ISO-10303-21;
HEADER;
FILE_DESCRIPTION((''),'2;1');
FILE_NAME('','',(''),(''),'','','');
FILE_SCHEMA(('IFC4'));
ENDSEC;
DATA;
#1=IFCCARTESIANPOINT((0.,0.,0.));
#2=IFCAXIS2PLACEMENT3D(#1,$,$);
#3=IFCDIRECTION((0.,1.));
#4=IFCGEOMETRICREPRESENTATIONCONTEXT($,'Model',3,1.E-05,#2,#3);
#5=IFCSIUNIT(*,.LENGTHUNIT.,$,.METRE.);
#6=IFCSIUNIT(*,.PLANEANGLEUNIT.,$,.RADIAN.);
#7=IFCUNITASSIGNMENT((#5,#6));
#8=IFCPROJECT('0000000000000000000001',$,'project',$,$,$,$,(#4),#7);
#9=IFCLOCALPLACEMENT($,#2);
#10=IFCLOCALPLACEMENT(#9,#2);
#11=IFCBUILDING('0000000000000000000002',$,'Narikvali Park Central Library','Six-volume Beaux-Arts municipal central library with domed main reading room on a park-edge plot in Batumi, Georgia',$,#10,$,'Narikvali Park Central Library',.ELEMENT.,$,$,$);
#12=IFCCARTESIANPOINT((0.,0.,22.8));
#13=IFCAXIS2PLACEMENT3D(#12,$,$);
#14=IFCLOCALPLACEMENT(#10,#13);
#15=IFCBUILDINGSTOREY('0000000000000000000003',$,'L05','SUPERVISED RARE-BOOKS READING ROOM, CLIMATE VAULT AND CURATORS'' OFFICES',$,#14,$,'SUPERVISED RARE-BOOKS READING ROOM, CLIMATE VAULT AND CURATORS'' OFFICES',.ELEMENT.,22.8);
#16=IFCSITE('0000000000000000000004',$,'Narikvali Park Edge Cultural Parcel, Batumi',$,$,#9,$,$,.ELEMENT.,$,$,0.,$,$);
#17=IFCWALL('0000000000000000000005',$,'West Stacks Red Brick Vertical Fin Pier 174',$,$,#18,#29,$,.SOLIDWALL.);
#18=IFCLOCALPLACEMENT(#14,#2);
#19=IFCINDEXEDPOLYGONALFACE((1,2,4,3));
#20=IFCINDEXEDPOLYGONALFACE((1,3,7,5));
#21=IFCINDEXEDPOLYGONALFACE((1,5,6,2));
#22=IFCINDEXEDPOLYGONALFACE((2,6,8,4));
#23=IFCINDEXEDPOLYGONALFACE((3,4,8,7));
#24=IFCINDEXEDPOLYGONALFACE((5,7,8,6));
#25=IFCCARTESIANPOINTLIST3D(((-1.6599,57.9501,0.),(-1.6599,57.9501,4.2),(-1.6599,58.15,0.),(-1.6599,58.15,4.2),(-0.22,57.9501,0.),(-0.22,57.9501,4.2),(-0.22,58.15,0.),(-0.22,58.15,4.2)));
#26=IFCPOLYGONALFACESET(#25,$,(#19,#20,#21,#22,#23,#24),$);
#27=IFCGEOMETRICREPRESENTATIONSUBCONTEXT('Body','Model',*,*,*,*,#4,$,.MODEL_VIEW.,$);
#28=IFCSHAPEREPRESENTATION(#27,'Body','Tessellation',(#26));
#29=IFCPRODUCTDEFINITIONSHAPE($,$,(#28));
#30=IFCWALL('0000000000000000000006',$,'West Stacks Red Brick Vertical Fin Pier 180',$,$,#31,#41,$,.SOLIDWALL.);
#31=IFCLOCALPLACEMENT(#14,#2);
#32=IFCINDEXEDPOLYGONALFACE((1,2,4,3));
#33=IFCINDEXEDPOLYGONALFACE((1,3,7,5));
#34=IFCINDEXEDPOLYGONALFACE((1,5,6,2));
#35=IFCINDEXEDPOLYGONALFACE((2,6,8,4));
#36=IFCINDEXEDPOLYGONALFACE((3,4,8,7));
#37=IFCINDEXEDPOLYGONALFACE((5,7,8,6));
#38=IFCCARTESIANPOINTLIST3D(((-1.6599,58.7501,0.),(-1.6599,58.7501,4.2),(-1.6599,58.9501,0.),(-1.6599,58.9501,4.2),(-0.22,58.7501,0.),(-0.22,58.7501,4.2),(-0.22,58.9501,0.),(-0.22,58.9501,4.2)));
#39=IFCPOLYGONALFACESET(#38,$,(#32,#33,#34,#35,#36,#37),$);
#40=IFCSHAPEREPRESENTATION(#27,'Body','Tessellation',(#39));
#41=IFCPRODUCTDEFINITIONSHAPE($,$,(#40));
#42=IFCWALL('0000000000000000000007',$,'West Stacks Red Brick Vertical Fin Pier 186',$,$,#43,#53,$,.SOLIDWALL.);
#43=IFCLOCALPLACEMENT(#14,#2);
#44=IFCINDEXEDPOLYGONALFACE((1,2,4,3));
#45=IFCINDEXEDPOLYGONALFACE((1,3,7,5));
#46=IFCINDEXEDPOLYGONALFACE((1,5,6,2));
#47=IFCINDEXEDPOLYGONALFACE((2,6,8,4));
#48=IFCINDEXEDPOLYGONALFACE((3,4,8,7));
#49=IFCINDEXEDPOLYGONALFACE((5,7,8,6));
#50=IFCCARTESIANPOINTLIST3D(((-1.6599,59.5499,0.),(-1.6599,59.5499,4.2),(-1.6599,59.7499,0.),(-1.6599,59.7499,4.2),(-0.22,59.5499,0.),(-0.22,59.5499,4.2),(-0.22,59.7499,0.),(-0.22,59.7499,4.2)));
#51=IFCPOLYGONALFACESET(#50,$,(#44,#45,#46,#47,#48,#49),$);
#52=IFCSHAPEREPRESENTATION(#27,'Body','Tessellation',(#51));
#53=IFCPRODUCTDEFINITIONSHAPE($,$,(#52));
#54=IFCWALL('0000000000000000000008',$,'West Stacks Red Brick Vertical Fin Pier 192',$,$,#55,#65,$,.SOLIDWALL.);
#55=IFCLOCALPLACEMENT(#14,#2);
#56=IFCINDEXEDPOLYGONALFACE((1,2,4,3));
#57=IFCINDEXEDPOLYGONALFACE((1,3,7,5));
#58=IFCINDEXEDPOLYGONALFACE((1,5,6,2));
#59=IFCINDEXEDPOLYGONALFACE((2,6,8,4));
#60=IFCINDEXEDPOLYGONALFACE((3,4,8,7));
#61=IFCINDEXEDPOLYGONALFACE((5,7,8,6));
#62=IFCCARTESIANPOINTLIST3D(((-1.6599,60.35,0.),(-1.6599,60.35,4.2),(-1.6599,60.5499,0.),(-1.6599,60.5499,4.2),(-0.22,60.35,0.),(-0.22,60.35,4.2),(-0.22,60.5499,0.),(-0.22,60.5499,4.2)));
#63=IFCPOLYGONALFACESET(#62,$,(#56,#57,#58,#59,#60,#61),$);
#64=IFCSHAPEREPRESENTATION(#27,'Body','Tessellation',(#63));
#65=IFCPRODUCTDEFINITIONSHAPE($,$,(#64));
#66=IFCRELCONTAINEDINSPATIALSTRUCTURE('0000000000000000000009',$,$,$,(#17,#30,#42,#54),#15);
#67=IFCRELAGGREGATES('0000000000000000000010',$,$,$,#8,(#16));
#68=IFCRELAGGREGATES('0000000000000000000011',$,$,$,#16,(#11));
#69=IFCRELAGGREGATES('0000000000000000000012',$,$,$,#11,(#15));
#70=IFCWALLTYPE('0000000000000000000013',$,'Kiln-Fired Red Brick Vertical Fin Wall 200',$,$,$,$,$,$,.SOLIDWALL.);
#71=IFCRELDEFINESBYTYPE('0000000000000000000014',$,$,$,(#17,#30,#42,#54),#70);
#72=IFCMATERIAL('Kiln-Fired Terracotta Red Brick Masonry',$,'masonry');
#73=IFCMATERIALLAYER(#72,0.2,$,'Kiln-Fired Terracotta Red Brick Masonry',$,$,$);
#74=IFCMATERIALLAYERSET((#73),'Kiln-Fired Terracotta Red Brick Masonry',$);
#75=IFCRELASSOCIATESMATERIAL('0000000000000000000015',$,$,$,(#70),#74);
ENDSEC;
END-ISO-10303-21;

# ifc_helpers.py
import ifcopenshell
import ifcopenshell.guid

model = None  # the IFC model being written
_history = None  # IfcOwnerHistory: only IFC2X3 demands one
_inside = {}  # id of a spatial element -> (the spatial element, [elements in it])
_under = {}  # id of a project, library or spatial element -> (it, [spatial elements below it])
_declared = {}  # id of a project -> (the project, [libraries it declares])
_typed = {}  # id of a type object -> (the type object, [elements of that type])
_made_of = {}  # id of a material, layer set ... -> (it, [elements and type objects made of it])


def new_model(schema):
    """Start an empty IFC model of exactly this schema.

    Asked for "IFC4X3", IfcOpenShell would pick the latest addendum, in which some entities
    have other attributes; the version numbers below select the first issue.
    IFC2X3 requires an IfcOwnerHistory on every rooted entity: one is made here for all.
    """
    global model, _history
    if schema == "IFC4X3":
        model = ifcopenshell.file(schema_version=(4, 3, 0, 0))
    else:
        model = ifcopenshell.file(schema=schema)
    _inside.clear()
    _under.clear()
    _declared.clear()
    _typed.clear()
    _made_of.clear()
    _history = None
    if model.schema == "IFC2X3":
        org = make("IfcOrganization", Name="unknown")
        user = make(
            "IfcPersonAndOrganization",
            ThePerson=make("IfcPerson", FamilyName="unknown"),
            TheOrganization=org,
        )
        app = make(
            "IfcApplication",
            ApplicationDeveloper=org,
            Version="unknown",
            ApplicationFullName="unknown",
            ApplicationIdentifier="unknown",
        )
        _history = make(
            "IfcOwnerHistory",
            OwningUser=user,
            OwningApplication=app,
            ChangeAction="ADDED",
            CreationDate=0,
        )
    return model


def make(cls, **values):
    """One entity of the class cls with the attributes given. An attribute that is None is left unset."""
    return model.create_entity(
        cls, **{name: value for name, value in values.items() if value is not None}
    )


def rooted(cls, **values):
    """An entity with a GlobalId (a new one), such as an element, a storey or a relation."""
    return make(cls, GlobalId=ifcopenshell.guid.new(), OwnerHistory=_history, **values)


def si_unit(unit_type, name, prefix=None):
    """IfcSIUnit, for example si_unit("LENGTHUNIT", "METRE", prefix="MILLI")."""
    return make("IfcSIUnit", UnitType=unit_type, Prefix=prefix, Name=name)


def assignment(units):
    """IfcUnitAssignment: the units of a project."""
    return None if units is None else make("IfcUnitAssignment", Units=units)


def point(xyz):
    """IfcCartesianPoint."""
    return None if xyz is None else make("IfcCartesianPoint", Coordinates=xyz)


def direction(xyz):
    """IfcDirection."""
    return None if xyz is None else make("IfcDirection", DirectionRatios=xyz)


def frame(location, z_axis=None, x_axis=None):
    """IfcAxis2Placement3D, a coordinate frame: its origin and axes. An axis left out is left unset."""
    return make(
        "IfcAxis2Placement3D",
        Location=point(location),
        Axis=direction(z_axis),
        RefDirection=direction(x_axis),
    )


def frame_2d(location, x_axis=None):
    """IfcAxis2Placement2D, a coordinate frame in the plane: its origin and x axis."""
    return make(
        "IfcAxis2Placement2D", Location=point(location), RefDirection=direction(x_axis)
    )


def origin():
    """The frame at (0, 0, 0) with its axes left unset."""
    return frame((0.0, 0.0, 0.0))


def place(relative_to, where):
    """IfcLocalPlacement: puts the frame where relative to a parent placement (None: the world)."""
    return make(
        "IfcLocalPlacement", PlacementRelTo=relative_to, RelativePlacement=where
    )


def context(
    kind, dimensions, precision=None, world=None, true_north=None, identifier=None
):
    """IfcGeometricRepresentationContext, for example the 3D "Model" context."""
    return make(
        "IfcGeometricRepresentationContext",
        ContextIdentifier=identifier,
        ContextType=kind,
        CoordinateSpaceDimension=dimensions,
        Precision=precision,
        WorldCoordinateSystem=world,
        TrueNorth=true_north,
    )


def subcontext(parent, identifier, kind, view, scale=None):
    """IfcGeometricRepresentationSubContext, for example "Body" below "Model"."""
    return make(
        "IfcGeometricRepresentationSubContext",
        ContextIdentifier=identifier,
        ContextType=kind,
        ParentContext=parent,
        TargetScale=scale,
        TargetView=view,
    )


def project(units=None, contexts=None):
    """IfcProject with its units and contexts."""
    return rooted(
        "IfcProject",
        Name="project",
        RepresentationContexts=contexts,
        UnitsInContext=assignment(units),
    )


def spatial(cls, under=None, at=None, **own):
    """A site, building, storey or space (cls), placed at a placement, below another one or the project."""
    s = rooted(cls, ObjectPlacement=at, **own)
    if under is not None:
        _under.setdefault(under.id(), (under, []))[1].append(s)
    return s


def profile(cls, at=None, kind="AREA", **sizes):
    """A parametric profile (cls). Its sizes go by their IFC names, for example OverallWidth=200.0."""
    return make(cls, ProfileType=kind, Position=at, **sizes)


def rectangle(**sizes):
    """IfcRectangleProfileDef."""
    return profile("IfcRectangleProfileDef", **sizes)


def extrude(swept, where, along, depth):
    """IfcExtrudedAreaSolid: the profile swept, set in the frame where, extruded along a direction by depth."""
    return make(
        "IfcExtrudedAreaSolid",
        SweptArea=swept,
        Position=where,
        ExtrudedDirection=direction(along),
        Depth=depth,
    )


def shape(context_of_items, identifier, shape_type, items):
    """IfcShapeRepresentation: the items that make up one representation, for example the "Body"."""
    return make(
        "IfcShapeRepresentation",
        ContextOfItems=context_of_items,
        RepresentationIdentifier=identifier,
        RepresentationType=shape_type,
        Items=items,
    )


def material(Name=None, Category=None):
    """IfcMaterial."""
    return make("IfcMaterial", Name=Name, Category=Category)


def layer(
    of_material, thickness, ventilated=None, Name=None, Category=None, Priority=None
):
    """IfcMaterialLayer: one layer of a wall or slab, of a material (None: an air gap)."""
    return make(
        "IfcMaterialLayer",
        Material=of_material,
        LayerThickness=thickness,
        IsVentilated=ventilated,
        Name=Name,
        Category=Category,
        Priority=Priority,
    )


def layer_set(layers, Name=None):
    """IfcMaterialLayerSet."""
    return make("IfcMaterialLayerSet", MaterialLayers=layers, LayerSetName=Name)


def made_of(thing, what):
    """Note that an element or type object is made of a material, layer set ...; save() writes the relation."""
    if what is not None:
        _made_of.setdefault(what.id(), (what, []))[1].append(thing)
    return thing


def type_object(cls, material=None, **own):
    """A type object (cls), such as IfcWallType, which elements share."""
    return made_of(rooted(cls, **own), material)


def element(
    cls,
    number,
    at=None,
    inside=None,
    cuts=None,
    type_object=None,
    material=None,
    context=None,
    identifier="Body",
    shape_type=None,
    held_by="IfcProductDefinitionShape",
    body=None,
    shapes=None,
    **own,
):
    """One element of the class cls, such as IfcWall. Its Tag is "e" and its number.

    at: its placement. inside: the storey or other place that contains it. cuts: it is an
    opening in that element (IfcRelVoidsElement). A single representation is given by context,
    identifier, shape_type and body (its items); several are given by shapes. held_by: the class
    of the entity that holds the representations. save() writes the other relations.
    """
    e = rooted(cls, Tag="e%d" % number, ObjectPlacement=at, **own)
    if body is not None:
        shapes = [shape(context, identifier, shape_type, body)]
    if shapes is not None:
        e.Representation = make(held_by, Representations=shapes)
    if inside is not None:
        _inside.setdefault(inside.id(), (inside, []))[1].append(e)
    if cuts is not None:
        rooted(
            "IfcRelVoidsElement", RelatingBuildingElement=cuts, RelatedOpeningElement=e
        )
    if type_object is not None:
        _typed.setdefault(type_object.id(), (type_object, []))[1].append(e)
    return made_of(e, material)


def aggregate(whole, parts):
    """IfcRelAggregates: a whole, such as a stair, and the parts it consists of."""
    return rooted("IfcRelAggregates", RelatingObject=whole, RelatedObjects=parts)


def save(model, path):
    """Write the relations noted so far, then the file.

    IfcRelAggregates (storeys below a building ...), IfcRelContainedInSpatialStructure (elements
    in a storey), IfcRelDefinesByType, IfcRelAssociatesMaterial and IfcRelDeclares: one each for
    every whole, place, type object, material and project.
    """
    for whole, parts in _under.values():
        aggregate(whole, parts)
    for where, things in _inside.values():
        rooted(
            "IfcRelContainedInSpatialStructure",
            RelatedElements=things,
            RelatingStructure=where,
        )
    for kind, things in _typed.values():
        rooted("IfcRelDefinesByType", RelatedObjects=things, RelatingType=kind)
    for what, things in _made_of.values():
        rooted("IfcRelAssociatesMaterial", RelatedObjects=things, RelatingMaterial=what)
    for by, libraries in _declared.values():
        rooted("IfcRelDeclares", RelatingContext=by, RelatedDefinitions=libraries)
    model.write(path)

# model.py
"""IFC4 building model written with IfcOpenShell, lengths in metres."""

from ifc_helpers import new_model, si_unit, direction, frame, frame_2d, origin, place, context, subcontext, project, spatial, rectangle, extrude, material, layer, layer_set, type_object, element, save


model = new_model("IFC4")

# Units and contexts
model_context = context("Model", 3, precision=1e-05, world=origin(), true_north=direction((0.0, 1.0)))
body_context = subcontext(model_context, "Body", "Model", "MODEL_VIEW")
ifc_project = project(units=[si_unit("LENGTHUNIT", "METRE"), si_unit("PLANEANGLEUNIT", "RADIAN")], contexts=[model_context])

# Site, building, storey
site_placement = place(None, origin())
site = spatial("IfcSite", under=ifc_project, at=site_placement, Name="Narikvali Park Edge Cultural Parcel, Batumi", CompositionType="ELEMENT", RefElevation=0.0)
building_placement = place(site_placement, origin())
building = spatial("IfcBuilding", under=site, at=building_placement, Name="Narikvali Park Central Library", Description="Six-volume Beaux-Arts municipal central library with domed main reading room on a park-edge plot in Batumi, Georgia", LongName="Narikvali Park Central Library", CompositionType="ELEMENT")
storey_placement = place(building_placement, frame((0.0, 0.0, 22.8)))
storey = spatial("IfcBuildingStorey", under=building, at=storey_placement, Name="L05", Description="SUPERVISED RARE-BOOKS READING ROOM, CLIMATE VAULT AND CURATORS' OFFICES", LongName="SUPERVISED RARE-BOOKS READING ROOM, CLIMATE VAULT AND CURATORS' OFFICES", CompositionType="ELEMENT", Elevation=22.8)

# Walls
ifc_material_1 = material(Name="Kiln-Fired Terracotta Red Brick Masonry", Category="masonry")
ifc_layer_1 = layer(ifc_material_1, 0.2, Name="Kiln-Fired Terracotta Red Brick Masonry")
ifc_layer_set_1 = layer_set([ifc_layer_1], Name="Kiln-Fired Terracotta Red Brick Masonry")
wall_type = type_object("IfcWallType", Name="Kiln-Fired Red Brick Vertical Fin Wall 200", PredefinedType="SOLIDWALL", material=ifc_layer_set_1)
for number, where, z_axis, x_axis, name in (
    (1, (-1.6599, 58.05, 0.0), (0.0, 0.0, 1.0), (1.0, 0.0, 0.0), "West Stacks Red Brick Vertical Fin Pier 174"),
    (2, (-1.6599, 58.8501, 0.0), (0.0, 0.0, 1.0), (1.0, 0.0, 0.0), "West Stacks Red Brick Vertical Fin Pier 180"),
    (3, (-1.6599, 59.6499, 0.0), (0.0, 0.0, 1.0), (1.0, 0.0, 0.0), "West Stacks Red Brick Vertical Fin Pier 186"),
    (4, (-1.6599, 60.45, 0.0), (0.0, 0.0, 1.0), (1.0, 0.0, 0.0), "West Stacks Red Brick Vertical Fin Pier 192"),
):
    element("IfcWall", number, at=place(storey_placement, frame(where, z_axis=z_axis, x_axis=x_axis)), inside=storey, type_object=wall_type, Name=name, PredefinedType="SOLIDWALL", context=body_context, shape_type="SweptSolid", body=[
        extrude(rectangle(XDim=1.4399, YDim=0.2, at=frame_2d((0.72, 0.0))), origin(), (0.0, 0.0, 1.0), 4.2),
    ])

save(model, "model.ifc")
